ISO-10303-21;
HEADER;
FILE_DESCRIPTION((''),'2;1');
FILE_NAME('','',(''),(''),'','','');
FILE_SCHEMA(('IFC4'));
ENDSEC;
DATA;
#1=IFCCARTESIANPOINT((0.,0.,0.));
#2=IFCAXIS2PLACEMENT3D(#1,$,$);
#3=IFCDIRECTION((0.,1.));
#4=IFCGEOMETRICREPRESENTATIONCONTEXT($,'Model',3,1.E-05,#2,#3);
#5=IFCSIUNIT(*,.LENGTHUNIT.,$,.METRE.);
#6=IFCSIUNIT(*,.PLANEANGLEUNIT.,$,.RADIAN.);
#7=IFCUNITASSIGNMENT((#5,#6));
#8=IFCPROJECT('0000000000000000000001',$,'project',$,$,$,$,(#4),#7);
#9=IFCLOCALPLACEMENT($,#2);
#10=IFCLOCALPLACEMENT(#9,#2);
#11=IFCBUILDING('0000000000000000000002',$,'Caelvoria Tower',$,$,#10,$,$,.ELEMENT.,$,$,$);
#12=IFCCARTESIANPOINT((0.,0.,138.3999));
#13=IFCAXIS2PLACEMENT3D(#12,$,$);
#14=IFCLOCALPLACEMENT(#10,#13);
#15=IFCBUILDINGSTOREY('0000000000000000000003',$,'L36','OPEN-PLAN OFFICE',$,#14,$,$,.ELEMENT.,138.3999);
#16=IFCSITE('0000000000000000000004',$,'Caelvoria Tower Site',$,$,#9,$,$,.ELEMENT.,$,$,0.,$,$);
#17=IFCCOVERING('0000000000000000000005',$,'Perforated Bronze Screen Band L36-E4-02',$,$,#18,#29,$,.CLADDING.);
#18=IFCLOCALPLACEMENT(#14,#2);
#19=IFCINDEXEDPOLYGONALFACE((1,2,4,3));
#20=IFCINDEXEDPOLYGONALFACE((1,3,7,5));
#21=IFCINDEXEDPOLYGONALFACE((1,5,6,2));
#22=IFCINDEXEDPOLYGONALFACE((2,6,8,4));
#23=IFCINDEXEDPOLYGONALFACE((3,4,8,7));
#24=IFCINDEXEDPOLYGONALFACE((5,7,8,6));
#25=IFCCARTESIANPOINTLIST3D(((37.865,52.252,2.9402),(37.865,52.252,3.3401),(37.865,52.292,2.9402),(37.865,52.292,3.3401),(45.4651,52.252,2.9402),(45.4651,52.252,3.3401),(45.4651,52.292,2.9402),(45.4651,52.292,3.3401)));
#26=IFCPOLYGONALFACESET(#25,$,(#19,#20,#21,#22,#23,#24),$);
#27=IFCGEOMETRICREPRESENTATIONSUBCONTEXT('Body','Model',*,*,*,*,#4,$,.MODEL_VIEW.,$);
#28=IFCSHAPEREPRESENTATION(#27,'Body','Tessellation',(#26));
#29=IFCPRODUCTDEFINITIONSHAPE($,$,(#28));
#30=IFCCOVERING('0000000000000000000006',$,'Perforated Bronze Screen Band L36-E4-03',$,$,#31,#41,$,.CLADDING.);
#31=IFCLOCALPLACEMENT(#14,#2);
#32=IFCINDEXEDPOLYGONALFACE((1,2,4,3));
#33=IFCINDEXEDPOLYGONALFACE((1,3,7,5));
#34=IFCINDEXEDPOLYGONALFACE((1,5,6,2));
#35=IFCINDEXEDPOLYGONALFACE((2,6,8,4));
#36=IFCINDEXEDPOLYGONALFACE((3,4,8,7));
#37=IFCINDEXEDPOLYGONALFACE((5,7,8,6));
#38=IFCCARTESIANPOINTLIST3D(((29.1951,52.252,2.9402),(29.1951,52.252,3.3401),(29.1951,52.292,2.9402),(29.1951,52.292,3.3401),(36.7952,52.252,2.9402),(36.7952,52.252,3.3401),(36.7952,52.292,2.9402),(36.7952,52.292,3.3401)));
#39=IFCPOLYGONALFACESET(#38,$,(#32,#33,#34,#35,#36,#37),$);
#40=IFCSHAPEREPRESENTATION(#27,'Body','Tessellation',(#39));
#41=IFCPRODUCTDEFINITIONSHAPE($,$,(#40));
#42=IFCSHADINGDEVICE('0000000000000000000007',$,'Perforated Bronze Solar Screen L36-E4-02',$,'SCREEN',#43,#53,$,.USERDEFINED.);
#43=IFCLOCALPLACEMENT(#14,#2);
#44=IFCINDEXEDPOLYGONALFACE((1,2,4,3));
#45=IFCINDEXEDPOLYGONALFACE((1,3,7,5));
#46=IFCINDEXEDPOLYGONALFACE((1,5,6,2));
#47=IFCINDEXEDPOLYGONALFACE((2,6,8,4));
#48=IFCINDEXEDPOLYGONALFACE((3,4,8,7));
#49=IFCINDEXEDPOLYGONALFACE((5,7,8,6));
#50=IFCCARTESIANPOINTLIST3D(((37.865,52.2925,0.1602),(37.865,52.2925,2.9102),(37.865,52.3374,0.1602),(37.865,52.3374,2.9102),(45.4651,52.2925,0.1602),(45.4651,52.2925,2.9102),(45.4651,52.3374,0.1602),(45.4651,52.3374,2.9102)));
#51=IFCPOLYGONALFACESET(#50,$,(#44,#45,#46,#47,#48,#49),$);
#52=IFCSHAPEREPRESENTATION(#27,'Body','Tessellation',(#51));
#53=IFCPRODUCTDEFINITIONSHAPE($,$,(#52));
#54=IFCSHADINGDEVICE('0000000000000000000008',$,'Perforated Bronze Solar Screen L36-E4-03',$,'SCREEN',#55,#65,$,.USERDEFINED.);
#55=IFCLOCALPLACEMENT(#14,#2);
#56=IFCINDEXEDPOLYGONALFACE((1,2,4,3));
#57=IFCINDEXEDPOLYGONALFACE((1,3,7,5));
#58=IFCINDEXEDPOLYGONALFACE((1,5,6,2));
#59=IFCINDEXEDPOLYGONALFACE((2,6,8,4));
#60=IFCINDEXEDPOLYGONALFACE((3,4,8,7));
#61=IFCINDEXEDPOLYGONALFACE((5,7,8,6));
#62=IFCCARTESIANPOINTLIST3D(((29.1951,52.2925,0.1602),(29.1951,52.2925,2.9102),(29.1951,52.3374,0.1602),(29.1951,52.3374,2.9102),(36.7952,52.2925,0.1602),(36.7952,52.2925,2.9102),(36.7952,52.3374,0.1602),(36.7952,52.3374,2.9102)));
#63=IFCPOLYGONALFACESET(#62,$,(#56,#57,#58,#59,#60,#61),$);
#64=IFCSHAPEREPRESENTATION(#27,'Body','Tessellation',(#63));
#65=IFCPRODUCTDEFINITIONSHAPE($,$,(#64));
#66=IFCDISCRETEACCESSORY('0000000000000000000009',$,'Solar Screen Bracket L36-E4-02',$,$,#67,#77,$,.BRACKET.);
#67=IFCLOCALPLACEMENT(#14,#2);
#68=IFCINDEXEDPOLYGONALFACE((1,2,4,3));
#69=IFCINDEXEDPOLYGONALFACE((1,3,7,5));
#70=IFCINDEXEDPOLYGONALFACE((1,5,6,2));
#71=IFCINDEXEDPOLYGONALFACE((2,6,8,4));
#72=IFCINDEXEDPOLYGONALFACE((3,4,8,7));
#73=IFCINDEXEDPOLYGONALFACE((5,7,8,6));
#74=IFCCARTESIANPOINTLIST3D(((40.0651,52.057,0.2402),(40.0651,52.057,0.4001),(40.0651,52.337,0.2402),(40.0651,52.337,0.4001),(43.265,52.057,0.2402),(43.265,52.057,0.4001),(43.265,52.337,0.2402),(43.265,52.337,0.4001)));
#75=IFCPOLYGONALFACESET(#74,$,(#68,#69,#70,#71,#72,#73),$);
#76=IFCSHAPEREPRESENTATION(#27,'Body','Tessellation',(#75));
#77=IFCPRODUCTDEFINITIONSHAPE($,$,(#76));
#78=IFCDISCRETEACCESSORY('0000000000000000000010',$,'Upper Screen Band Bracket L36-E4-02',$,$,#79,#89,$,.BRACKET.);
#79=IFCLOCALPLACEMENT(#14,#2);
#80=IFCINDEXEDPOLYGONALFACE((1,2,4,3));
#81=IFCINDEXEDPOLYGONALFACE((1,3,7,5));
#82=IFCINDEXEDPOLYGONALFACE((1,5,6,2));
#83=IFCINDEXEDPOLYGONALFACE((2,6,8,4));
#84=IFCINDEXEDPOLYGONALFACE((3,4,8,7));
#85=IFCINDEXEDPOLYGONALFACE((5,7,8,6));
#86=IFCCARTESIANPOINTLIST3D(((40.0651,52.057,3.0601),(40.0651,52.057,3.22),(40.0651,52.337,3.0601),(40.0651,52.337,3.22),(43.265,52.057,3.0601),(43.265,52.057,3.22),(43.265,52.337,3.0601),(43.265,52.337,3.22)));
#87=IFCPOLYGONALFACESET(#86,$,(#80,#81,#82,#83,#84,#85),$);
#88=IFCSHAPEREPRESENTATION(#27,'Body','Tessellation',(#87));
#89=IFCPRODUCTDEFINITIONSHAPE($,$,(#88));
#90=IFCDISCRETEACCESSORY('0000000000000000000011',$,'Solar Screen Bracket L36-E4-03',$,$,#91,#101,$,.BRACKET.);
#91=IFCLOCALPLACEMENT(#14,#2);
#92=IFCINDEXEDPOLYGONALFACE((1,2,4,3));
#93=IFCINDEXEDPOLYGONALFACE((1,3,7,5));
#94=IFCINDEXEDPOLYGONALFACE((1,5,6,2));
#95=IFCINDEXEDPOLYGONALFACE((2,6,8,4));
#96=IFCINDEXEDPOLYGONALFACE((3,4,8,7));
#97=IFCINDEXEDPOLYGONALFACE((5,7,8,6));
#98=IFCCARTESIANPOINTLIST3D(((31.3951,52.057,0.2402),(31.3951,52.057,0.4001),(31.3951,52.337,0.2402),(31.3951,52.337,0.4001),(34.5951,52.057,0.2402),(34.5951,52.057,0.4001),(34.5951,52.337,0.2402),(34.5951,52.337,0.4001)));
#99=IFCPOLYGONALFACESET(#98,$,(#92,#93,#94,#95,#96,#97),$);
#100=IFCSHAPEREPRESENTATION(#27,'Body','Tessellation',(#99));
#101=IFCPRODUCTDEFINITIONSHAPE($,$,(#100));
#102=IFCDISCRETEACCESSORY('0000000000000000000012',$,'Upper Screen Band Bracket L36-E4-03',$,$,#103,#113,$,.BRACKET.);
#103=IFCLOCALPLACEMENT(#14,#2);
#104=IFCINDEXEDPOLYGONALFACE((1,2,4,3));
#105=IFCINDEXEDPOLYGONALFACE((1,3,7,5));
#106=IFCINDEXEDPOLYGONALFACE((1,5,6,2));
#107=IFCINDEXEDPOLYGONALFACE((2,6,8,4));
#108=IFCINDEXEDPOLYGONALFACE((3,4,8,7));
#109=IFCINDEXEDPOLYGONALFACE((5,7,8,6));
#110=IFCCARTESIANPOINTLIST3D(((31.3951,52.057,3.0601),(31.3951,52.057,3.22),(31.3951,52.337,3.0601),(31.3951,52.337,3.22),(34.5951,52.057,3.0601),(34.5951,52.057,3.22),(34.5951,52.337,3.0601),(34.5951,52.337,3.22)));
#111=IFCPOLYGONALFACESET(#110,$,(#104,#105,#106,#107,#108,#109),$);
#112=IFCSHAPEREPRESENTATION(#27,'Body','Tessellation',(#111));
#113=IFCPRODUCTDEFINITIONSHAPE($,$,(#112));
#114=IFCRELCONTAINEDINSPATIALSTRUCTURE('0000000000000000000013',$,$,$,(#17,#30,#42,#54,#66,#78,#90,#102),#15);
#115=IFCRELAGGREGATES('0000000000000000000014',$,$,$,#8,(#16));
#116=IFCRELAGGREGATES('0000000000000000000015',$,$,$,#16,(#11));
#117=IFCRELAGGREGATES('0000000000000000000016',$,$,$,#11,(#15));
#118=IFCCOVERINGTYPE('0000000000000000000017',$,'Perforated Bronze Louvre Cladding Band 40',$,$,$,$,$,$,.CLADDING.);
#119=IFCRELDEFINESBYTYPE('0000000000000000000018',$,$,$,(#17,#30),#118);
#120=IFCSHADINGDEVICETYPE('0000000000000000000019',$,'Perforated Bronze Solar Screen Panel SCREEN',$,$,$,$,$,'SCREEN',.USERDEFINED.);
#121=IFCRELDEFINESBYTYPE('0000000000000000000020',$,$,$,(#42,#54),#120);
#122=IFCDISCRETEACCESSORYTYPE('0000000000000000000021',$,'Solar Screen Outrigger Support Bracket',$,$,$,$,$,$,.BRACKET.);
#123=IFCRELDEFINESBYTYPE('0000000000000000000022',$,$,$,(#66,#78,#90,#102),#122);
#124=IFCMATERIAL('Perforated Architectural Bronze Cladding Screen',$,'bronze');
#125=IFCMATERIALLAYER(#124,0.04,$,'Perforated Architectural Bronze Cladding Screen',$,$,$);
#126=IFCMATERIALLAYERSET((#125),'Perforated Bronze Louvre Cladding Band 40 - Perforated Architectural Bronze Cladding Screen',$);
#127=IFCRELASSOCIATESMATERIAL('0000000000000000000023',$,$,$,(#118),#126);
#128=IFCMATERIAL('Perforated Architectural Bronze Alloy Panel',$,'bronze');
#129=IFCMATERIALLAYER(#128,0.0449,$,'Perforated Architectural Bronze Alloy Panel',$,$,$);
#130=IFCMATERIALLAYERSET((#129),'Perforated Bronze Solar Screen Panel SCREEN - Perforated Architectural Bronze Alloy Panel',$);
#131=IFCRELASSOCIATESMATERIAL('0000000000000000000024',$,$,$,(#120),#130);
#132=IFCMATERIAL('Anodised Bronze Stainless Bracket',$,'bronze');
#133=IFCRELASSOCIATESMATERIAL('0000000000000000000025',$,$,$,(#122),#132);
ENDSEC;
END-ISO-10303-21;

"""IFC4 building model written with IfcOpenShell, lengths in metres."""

from ifc_helpers import new_model, si_unit, direction, frame, origin, origin_2d, place, context, subcontext, project, spatial, rectangle, extrude, material, layer, layer_set, type_object, element, save


model = new_model("IFC4")

# Units and contexts
model_context = context("Model", 3, precision=1e-05, world=origin(), true_north=direction((0.0, 1.0)))
body_context = subcontext(model_context, "Body", "Model", "MODEL_VIEW")
ifc_project = project(units=[si_unit("LENGTHUNIT", "METRE"), si_unit("PLANEANGLEUNIT", "RADIAN")], contexts=[model_context])

# Site, building, storey
site_placement = place(None, origin())
site = spatial("IfcSite", under=ifc_project, at=site_placement, Name="Caelvoria Tower Site", CompositionType="ELEMENT", RefElevation=0.0)
building_placement = place(site_placement, origin())
building = spatial("IfcBuilding", under=site, at=building_placement, Name="Caelvoria Tower", CompositionType="ELEMENT")
storey_placement = place(building_placement, frame((0.0, 0.0, 138.3999)))
storey = spatial("IfcBuildingStorey", under=building, at=storey_placement, Name="L36", Description="OPEN-PLAN OFFICE", CompositionType="ELEMENT", Elevation=138.3999)

# Coverings
ifc_material_1 = material(Name="Perforated Architectural Bronze Cladding Screen", Category="bronze")
ifc_layer_1 = layer(ifc_material_1, 0.04, Name="Perforated Architectural Bronze Cladding Screen")
ifc_layer_set_1 = layer_set([ifc_layer_1], Name="Perforated Bronze Louvre Cladding Band 40 - Perforated Architectural Bronze Cladding Screen")
covering_type = type_object("IfcCoveringType", Name="Perforated Bronze Louvre Cladding Band 40", PredefinedType="CLADDING", material=ifc_layer_set_1)
for number, where, z_axis, x_axis, name in (
    (1, (41.665, 52.272, 2.9402), (0.0, 0.0, 1.0), (-1.0, 0.0, 0.0), "Perforated Bronze Screen Band L36-E4-02"),
    (2, (32.9951, 52.272, 2.9402), (0.0, 0.0, 1.0), (-1.0, 0.0, 0.0), "Perforated Bronze Screen Band L36-E4-03"),
):
    element("IfcCovering", number, at=place(storey_placement, frame(where, z_axis=z_axis, x_axis=x_axis)), inside=storey, type_object=covering_type, Name=name, PredefinedType="CLADDING", context=body_context, shape_type="SweptSolid", body=[
        extrude(rectangle(XDim=7.6001, YDim=0.04, at=origin_2d()), origin(), (0.0, 0.0, 1.0), 0.3999),
    ])

# Shading devices
ifc_material_2 = material(Name="Perforated Architectural Bronze Alloy Panel", Category="bronze")
ifc_layer_2 = layer(ifc_material_2, 0.0449, Name="Perforated Architectural Bronze Alloy Panel")
ifc_layer_set_2 = layer_set([ifc_layer_2], Name="Perforated Bronze Solar Screen Panel SCREEN - Perforated Architectural Bronze Alloy Panel")
shading_device_type = type_object("IfcShadingDeviceType", Name="Perforated Bronze Solar Screen Panel SCREEN", ElementType="SCREEN", PredefinedType="USERDEFINED", material=ifc_layer_set_2)
for number, where, z_axis, x_axis, name in (
    (3, (41.665, 52.3149, 0.1602), (0.0, 0.0, 1.0), (-1.0, 0.0, 0.0), "Perforated Bronze Solar Screen L36-E4-02"),
    (4, (32.9951, 52.3149, 0.1602), (0.0, 0.0, 1.0), (-1.0, 0.0, 0.0), "Perforated Bronze Solar Screen L36-E4-03"),
):
    element("IfcShadingDevice", number, at=place(storey_placement, frame(where, z_axis=z_axis, x_axis=x_axis)), inside=storey, type_object=shading_device_type, Name=name, ObjectType="SCREEN", PredefinedType="USERDEFINED", context=body_context, shape_type="SweptSolid", body=[
        extrude(rectangle(XDim=7.6001, YDim=0.0449, at=origin_2d()), origin(), (0.0, 0.0, 1.0), 2.75),
    ])

# Discrete accessories
ifc_material_3 = material(Name="Anodised Bronze Stainless Bracket", Category="bronze")
discrete_accessory_type = type_object("IfcDiscreteAccessoryType", Name="Solar Screen Outrigger Support Bracket", PredefinedType="BRACKET", material=ifc_material_3)
for number, where, z_axis, x_axis, name in (
    (5, (41.665, 52.197, 0.2402), (0.0, 0.0, 1.0), (-1.0, 0.0, 0.0), "Solar Screen Bracket L36-E4-02"),
    (6, (41.665, 52.197, 3.0601), (0.0, 0.0, 1.0), (-1.0, 0.0, 0.0), "Upper Screen Band Bracket L36-E4-02"),
    (7, (32.9951, 52.197, 0.2402), (0.0, 0.0, 1.0), (-1.0, 0.0, 0.0), "Solar Screen Bracket L36-E4-03"),
    (8, (32.9951, 52.197, 3.0601), (0.0, 0.0, 1.0), (-1.0, 0.0, 0.0), "Upper Screen Band Bracket L36-E4-03"),
):
    element("IfcDiscreteAccessory", number, at=place(storey_placement, frame(where, z_axis=z_axis, x_axis=x_axis)), inside=storey, type_object=discrete_accessory_type, Name=name, PredefinedType="BRACKET", context=body_context, shape_type="SweptSolid", body=[
        extrude(rectangle(XDim=3.2, YDim=0.28, at=origin_2d()), origin(), (0.0, 0.0, 1.0), 0.1599),
    ])

save(model, "model.ifc")
